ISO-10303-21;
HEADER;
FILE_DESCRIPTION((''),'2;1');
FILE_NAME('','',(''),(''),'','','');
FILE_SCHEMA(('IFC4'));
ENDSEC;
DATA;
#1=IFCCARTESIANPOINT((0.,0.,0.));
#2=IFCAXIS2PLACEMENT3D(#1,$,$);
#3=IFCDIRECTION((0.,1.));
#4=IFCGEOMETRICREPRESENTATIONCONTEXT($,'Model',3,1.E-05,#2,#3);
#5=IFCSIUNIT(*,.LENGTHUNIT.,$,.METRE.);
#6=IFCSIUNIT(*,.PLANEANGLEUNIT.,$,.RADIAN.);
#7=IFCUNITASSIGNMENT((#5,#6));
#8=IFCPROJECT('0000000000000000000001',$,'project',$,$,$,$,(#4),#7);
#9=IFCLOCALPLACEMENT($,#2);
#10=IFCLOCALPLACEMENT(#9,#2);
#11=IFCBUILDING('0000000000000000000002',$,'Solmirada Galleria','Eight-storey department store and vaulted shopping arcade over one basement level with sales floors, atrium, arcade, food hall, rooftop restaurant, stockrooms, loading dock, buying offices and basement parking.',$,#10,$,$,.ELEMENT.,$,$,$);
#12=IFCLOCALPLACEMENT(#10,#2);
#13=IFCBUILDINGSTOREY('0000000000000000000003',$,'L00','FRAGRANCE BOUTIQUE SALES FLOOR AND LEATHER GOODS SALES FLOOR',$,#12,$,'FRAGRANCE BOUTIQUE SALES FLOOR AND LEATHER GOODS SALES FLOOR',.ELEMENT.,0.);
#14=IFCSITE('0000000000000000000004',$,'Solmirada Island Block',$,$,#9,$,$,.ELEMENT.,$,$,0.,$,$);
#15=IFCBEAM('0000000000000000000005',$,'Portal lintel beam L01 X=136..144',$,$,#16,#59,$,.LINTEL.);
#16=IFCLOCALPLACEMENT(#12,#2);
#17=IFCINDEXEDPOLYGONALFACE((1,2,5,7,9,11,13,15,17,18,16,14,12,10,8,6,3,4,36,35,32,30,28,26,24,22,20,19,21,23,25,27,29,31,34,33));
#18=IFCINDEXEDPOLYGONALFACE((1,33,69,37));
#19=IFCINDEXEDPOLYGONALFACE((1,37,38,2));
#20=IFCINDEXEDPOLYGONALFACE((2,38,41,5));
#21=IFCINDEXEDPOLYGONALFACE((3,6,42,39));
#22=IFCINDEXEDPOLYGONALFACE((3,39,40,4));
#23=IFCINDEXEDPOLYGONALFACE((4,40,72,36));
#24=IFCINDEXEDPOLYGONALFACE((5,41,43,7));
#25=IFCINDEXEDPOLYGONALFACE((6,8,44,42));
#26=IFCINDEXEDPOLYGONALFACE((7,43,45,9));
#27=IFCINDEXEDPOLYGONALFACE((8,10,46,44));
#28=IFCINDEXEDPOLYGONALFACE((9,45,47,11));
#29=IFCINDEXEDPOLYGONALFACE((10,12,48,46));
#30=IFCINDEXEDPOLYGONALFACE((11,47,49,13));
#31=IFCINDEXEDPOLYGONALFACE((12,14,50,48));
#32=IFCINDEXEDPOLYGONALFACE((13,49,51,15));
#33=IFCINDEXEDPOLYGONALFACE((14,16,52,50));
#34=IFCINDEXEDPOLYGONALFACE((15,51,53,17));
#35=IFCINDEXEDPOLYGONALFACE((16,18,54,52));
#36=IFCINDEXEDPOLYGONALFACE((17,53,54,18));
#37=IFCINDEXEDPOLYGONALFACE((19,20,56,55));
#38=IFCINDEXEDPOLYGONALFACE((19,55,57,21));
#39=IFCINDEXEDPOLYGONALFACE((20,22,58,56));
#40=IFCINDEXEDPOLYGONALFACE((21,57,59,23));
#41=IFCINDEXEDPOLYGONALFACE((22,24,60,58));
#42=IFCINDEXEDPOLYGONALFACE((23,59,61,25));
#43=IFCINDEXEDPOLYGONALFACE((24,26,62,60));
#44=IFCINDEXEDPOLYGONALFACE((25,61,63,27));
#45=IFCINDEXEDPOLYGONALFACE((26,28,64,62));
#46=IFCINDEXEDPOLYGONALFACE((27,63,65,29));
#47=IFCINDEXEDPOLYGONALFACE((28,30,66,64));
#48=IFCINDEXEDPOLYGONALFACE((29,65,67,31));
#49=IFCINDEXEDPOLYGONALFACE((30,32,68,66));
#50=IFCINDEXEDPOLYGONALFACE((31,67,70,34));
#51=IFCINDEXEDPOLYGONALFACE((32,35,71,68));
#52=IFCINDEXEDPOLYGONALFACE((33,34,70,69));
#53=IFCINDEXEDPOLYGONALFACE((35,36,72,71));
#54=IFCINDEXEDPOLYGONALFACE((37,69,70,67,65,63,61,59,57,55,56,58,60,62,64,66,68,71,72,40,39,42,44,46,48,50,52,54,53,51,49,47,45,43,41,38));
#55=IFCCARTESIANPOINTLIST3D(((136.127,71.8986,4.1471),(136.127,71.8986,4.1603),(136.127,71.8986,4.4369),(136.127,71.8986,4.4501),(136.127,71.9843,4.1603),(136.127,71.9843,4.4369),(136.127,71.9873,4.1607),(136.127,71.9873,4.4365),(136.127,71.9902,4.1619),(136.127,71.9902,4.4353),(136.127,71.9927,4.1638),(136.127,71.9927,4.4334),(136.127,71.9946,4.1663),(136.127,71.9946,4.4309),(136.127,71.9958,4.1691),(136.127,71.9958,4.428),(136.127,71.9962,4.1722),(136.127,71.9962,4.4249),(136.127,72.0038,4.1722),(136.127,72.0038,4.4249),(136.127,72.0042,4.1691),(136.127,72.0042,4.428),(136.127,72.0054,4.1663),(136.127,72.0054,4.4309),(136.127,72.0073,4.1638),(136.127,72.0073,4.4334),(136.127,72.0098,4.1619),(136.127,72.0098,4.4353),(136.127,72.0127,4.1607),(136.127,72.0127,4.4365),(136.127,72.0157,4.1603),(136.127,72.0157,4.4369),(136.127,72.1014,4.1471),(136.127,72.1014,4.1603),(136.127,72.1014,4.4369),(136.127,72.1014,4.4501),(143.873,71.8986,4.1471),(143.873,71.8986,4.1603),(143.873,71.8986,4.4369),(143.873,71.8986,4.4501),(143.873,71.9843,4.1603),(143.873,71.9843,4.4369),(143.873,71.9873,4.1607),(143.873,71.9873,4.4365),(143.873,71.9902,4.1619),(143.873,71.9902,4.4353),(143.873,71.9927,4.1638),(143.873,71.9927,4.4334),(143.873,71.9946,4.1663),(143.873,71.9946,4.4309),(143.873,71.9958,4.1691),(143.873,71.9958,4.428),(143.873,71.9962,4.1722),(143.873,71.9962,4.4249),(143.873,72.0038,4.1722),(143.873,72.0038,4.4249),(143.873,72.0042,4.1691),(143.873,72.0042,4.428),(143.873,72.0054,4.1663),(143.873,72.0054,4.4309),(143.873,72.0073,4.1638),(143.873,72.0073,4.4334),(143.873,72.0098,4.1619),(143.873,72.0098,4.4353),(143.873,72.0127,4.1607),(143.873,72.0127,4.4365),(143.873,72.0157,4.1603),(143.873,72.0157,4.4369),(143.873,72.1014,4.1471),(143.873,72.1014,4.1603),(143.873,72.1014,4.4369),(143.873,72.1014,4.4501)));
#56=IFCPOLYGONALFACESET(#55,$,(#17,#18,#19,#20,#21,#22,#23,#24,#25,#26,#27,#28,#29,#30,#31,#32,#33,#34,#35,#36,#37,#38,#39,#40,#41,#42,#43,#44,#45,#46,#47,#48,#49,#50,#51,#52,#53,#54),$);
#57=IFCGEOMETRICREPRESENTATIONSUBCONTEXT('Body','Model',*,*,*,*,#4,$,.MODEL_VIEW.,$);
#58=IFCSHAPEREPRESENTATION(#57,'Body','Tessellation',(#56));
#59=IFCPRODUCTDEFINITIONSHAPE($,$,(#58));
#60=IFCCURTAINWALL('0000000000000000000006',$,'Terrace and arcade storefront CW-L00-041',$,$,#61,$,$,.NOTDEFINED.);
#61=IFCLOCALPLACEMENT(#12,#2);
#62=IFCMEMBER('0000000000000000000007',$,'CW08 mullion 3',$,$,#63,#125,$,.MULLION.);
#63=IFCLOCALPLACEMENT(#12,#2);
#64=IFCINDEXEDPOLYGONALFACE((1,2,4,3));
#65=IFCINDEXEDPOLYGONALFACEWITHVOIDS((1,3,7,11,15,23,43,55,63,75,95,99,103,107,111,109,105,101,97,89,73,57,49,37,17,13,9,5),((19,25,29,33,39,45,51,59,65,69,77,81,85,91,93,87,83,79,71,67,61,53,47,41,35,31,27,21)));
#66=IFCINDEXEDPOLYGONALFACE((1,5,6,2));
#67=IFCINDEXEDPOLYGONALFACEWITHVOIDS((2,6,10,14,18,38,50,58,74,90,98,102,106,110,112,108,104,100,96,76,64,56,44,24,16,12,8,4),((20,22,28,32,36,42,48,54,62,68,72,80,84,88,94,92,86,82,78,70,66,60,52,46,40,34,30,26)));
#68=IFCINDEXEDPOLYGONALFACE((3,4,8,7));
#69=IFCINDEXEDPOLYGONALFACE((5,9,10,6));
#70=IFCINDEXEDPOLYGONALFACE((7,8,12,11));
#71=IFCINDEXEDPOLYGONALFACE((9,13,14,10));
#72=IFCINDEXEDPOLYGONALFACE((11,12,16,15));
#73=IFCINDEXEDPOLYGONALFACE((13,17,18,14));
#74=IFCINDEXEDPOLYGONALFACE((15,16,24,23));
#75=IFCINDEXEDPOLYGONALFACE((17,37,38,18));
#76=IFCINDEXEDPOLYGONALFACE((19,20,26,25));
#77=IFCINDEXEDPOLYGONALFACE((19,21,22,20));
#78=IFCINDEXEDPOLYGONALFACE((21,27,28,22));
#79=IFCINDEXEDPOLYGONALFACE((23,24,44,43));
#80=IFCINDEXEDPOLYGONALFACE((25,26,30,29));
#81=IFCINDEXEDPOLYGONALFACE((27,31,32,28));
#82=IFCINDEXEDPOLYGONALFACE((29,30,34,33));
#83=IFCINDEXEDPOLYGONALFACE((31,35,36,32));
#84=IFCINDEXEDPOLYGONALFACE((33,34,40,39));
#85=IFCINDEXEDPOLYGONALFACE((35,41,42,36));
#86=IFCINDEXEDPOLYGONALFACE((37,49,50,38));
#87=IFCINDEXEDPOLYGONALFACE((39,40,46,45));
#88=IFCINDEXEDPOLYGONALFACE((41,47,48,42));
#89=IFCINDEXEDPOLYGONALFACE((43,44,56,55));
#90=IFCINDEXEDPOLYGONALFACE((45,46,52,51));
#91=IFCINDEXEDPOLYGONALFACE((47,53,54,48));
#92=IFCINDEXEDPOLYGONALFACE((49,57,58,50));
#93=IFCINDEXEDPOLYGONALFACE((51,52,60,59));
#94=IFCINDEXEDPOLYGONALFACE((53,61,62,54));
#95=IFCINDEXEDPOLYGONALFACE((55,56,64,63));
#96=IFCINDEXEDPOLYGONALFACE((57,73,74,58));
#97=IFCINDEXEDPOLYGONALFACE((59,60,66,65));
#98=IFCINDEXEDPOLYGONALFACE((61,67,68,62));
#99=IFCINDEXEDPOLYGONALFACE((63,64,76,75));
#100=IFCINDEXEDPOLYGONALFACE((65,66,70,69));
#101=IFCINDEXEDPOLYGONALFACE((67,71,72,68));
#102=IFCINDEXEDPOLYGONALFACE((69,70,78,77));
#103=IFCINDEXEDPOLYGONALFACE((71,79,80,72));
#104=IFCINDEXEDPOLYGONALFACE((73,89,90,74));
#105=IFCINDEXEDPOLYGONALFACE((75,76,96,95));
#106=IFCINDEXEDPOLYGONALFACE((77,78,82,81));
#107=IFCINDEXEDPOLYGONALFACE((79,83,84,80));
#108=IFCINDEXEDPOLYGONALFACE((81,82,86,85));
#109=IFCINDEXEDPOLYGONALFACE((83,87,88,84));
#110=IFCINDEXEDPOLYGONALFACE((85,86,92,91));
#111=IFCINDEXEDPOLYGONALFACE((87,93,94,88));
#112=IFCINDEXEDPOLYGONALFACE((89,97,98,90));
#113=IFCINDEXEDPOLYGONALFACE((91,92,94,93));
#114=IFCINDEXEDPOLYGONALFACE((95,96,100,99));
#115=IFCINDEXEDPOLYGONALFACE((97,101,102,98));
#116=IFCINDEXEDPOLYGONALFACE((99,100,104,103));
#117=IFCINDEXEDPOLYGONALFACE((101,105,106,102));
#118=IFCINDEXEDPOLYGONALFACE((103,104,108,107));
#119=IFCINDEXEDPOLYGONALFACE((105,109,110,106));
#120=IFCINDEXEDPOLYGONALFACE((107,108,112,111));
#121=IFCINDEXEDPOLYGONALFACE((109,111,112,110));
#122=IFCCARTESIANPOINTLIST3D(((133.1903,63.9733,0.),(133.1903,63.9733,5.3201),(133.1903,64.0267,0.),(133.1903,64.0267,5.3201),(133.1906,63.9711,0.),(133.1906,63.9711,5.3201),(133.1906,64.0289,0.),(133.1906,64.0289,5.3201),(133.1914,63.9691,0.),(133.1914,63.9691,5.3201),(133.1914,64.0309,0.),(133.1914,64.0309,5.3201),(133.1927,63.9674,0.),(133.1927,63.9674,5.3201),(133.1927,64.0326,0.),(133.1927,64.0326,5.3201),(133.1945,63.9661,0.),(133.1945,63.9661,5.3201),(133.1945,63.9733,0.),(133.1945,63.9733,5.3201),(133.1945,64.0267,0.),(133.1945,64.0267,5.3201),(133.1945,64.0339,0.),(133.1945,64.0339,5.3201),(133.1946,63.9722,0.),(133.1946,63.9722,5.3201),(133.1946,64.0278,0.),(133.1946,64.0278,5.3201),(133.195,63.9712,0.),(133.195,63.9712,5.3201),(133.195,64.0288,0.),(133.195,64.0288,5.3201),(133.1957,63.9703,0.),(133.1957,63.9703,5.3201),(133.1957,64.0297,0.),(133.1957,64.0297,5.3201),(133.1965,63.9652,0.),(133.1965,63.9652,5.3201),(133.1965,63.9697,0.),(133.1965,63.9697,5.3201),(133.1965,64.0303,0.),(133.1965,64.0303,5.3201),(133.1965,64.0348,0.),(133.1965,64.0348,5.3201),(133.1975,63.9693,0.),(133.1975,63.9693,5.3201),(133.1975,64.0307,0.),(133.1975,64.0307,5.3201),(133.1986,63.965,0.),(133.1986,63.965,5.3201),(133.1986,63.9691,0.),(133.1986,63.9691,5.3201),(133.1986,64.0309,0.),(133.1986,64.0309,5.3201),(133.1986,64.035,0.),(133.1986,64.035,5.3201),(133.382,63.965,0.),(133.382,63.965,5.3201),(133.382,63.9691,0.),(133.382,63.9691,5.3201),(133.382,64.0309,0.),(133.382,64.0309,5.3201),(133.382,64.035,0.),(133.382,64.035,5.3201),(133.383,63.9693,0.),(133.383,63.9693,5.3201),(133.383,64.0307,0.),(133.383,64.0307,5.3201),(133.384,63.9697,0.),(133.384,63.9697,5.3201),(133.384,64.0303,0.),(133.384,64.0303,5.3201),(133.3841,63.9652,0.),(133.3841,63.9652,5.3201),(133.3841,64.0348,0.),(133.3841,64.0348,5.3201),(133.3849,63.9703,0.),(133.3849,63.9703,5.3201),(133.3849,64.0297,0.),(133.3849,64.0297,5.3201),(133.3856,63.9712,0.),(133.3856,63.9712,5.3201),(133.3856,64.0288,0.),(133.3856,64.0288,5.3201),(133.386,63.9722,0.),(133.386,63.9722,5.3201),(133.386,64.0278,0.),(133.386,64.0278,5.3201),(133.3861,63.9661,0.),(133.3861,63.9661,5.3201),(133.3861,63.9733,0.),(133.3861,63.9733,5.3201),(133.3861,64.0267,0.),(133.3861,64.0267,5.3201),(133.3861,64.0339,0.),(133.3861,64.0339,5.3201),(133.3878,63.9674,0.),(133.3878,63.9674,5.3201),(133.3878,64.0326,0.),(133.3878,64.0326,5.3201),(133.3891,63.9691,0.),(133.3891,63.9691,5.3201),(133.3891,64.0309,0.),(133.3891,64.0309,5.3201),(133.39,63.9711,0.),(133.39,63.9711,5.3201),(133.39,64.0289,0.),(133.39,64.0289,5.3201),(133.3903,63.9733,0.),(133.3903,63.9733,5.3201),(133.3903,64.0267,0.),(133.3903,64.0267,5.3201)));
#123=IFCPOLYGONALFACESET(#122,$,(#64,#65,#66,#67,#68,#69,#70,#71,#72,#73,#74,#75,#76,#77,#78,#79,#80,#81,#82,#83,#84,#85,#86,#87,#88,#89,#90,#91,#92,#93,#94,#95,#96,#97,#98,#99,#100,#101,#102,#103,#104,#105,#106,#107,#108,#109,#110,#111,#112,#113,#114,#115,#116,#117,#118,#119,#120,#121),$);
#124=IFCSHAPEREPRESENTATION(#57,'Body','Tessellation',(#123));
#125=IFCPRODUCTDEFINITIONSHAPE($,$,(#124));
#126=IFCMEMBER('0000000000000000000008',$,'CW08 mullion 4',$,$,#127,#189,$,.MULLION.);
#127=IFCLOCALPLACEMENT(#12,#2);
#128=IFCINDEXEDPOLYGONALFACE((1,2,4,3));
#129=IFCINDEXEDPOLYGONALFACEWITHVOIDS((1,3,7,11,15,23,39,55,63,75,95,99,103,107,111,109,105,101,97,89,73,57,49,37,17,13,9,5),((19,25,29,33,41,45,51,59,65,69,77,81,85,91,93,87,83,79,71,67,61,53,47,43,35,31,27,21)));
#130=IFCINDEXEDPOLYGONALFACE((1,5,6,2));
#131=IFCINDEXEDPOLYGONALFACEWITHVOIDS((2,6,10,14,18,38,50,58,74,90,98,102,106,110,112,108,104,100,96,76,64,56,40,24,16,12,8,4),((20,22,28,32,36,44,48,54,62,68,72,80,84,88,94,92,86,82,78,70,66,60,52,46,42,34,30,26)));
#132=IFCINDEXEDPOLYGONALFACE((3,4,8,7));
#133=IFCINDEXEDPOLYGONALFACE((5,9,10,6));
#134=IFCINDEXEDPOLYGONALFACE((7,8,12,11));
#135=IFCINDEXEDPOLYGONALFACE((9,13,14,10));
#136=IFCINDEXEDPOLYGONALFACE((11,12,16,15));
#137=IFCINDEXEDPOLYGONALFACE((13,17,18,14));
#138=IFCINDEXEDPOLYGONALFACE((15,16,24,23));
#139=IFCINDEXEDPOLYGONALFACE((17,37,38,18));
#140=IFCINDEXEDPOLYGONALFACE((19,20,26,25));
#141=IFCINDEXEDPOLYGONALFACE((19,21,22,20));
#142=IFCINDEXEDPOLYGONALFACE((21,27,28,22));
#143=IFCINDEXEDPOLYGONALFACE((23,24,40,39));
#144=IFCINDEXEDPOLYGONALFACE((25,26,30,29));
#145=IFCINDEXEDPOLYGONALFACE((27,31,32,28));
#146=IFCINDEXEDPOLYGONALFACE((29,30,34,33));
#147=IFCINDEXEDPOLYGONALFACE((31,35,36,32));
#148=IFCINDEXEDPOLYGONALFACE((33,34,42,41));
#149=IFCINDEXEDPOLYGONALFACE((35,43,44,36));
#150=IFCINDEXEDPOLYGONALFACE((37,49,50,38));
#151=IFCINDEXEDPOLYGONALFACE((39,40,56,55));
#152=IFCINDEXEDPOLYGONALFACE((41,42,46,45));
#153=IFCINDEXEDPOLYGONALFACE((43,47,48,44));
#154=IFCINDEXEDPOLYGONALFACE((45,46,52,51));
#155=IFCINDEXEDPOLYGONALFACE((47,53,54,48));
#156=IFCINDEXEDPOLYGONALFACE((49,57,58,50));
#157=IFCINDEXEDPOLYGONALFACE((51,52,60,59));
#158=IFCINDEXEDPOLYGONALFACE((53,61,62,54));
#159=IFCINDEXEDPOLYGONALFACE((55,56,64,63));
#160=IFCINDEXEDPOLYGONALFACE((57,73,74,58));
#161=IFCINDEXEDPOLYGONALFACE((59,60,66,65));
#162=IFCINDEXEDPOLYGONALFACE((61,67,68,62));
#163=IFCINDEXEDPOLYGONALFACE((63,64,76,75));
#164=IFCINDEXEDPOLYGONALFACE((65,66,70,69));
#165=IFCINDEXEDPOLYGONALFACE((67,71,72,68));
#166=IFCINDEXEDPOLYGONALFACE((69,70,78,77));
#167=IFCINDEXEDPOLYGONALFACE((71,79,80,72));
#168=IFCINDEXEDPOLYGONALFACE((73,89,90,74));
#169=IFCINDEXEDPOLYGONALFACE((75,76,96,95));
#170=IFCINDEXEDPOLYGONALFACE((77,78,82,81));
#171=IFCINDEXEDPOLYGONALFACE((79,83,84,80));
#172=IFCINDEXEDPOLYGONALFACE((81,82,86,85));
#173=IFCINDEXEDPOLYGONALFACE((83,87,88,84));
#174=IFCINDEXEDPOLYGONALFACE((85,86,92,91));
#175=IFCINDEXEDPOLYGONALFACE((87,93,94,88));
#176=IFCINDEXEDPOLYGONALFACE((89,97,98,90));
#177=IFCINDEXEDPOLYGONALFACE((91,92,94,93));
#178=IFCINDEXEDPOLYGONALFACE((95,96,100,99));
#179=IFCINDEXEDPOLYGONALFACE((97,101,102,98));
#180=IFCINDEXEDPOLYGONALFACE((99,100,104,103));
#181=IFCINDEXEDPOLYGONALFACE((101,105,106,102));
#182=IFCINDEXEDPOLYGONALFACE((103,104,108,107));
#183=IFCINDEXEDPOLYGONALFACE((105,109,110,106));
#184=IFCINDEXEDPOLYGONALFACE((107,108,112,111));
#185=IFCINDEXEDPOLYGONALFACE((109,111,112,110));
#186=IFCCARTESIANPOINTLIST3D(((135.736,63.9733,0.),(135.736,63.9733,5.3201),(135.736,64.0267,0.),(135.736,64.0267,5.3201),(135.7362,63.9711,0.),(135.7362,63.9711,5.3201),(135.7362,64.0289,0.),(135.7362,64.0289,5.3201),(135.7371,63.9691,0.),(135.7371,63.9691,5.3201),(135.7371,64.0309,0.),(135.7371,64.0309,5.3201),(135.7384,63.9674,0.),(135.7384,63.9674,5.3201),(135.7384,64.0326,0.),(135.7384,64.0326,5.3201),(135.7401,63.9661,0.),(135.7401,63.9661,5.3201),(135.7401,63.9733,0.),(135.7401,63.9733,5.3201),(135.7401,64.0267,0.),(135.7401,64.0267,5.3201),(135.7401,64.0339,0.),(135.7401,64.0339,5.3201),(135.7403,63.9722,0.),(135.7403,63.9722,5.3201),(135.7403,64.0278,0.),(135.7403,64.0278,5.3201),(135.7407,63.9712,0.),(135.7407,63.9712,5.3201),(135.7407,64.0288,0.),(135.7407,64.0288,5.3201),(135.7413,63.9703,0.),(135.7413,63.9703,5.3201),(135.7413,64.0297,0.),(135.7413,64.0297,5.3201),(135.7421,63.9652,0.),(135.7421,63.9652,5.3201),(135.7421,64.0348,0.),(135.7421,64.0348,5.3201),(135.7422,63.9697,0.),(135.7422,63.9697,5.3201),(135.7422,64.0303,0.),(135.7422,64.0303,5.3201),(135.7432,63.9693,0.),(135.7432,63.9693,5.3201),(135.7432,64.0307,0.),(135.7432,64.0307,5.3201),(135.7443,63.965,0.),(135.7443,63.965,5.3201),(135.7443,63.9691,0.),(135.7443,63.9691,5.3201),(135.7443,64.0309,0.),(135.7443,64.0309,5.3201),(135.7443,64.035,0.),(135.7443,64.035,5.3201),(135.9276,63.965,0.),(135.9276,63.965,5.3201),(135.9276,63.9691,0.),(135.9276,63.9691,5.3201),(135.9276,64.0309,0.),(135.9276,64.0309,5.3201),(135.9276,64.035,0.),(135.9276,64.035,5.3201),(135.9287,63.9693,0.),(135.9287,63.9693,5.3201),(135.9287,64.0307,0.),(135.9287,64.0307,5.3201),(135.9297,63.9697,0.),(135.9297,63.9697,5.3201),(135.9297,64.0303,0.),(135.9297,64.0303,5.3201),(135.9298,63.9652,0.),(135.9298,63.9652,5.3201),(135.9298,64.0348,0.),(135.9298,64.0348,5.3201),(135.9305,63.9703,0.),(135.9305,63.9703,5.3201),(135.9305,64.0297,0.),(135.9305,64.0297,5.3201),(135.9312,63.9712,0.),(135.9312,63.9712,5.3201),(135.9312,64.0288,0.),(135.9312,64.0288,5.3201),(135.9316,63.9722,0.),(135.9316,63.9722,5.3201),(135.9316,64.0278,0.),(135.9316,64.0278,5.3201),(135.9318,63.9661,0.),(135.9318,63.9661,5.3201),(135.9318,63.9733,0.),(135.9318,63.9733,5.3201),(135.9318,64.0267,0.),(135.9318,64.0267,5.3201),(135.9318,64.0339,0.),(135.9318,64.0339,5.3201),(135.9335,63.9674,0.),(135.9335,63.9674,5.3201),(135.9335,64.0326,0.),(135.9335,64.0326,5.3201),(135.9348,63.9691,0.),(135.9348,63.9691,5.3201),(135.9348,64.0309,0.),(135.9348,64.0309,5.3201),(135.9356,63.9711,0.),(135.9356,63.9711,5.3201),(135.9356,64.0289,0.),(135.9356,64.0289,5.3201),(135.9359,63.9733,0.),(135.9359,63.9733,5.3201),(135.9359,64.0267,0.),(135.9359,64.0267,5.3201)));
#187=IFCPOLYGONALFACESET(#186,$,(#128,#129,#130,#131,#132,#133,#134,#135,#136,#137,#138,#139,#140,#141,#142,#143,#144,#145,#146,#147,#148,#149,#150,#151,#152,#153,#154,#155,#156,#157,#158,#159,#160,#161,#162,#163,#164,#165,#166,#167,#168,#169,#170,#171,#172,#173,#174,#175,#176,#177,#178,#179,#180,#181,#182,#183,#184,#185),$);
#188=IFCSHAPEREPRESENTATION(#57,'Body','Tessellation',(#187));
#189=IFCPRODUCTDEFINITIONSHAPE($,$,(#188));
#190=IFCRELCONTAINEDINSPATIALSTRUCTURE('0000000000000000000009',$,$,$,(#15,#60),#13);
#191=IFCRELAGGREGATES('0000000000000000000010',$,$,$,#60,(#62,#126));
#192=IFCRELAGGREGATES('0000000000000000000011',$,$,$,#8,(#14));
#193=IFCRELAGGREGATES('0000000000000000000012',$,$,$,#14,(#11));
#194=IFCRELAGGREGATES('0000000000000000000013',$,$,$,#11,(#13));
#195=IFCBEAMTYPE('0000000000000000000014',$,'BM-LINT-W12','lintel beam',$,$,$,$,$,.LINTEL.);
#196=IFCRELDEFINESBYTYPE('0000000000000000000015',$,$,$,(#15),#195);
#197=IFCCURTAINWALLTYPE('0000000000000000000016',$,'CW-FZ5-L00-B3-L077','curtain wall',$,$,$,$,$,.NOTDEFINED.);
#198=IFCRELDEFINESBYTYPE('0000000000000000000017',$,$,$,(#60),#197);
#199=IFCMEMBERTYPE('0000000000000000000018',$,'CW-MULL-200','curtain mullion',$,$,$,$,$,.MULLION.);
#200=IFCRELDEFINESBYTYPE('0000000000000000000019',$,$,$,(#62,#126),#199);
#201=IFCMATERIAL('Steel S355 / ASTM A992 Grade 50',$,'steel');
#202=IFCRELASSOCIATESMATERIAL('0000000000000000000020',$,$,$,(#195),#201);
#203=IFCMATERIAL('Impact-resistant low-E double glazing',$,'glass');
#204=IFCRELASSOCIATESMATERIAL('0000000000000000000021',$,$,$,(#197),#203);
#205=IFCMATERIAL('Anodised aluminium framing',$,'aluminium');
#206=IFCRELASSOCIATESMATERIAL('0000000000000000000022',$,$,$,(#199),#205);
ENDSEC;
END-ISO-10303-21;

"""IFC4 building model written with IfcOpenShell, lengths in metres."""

from ifc_helpers import new_model, si_unit, direction, frame, origin, origin_2d, place, context, subcontext, project, spatial, hollow_rectangle, i_section, extrude, material, material_profile, profile_set, type_object, element, aggregate, save


model = new_model("IFC4")

# Units and contexts
model_context = context("Model", 3, precision=1e-05, world=origin(), true_north=direction((0.0, 1.0)))
body_context = subcontext(model_context, "Body", "Model", "MODEL_VIEW")
ifc_project = project(units=[si_unit("LENGTHUNIT", "METRE"), si_unit("PLANEANGLEUNIT", "RADIAN")], contexts=[model_context])

# Site, building, storey
site_placement = place(None, origin())
site = spatial("IfcSite", under=ifc_project, at=site_placement, Name="Solmirada Island Block", CompositionType="ELEMENT", RefElevation=0.0)
building_placement = place(site_placement, origin())
building = spatial("IfcBuilding", under=site, at=building_placement, Name="Solmirada Galleria", Description="Eight-storey department store and vaulted shopping arcade over one basement level with sales floors, atrium, arcade, food hall, rooftop restaurant, stockrooms, loading dock, buying offices and basement parking.", CompositionType="ELEMENT")
storey_placement = place(building_placement, origin())
storey = spatial("IfcBuildingStorey", under=building, at=storey_placement, Name="L00", Description="FRAGRANCE BOUTIQUE SALES FLOOR AND LEATHER GOODS SALES FLOOR", LongName="FRAGRANCE BOUTIQUE SALES FLOOR AND LEATHER GOODS SALES FLOOR", CompositionType="ELEMENT", Elevation=0.0)

# Beam
ifc_material_1 = material(Name="Steel S355 / ASTM A992 Grade 50", Category="steel")
ifc_material_profile_1 = material_profile(ifc_material_1, i_section(OverallWidth=0.2029, OverallDepth=0.303, WebThickness=0.0076, FlangeThickness=0.0132, FilletRadius=0.012, at=origin_2d()), Name="W12X40")
ifc_profile_set_1 = profile_set([ifc_material_profile_1], Name="Steel S355 / ASTM A992 Grade 50")
beam_type_1 = type_object("IfcBeamType", Name="BM-LINT-W12", Description="lintel beam", PredefinedType="LINTEL", material=ifc_profile_set_1)
beam_1_placement = place(storey_placement, frame((136.127, 72.0, 4.2986), z_axis=(1.0, 0.0, 0.0), x_axis=(0.0, 1.0, 0.0)))
element("IfcBeam", 1, at=beam_1_placement, inside=storey, type_object=beam_type_1, Name="Portal lintel beam L01 X=136..144", PredefinedType="LINTEL", context=body_context, shape_type="SweptSolid", body=[
    extrude(i_section(OverallWidth=0.2029, OverallDepth=0.303, WebThickness=0.0076, FlangeThickness=0.0132, FilletRadius=0.012, at=origin_2d()), origin(), (0.0, 0.0, 1.0), 7.7461),
])

# Curtain wall, members
ifc_material_2 = material(Name="Impact-resistant low-E double glazing", Category="glass")
curtain_wall_type = type_object("IfcCurtainWallType", Name="CW-FZ5-L00-B3-L077", Description="curtain wall", PredefinedType="NOTDEFINED", material=ifc_material_2)
curtain_wall_placement = place(storey_placement, origin())
curtain_wall = element("IfcCurtainWall", 2, at=curtain_wall_placement, inside=storey, type_object=curtain_wall_type, Name="Terrace and arcade storefront CW-L00-041", PredefinedType="NOTDEFINED")
ifc_material_3 = material(Name="Anodised aluminium framing", Category="aluminium")
ifc_material_profile_2 = material_profile(ifc_material_3, hollow_rectangle(XDim=0.0701, YDim=0.2, WallThickness=0.0042, InnerFilletRadius=0.0042, OuterFilletRadius=0.0083, at=origin_2d()), Name="ALU-MULL-200X70")
ifc_profile_set_2 = profile_set([ifc_material_profile_2], Name="Anodised aluminium framing")
member_type_1 = type_object("IfcMemberType", Name="CW-MULL-200", Description="curtain mullion", PredefinedType="MULLION", material=ifc_profile_set_2)
member_1_placement = place(storey_placement, frame((133.2903, 64.0, 0.0), z_axis=(0.0, 0.0, 1.0), x_axis=(0.0, 1.0, 0.0)))
member_1 = element("IfcMember", 3, at=member_1_placement, type_object=member_type_1, Name="CW08 mullion 3", PredefinedType="MULLION", context=body_context, shape_type="SweptSolid", body=[
    extrude(hollow_rectangle(XDim=0.0701, YDim=0.2, WallThickness=0.0042, InnerFilletRadius=0.0042, OuterFilletRadius=0.0083, at=origin_2d()), origin(), (0.0, 0.0, 1.0), 5.3201),
])
member_2_placement = place(storey_placement, frame((135.8359, 64.0, 0.0), z_axis=(0.0, 0.0, 1.0), x_axis=(0.0, 1.0, 0.0)))
member_2 = element("IfcMember", 4, at=member_2_placement, type_object=member_type_1, Name="CW08 mullion 4", PredefinedType="MULLION", context=body_context, shape_type="SweptSolid", body=[
    extrude(hollow_rectangle(XDim=0.0701, YDim=0.2, WallThickness=0.0042, InnerFilletRadius=0.0042, OuterFilletRadius=0.0083, at=origin_2d()), origin(), (0.0, 0.0, 1.0), 5.3201),
])
aggregate(curtain_wall, [member_1, member_2])

save(model, "model.ifc")
